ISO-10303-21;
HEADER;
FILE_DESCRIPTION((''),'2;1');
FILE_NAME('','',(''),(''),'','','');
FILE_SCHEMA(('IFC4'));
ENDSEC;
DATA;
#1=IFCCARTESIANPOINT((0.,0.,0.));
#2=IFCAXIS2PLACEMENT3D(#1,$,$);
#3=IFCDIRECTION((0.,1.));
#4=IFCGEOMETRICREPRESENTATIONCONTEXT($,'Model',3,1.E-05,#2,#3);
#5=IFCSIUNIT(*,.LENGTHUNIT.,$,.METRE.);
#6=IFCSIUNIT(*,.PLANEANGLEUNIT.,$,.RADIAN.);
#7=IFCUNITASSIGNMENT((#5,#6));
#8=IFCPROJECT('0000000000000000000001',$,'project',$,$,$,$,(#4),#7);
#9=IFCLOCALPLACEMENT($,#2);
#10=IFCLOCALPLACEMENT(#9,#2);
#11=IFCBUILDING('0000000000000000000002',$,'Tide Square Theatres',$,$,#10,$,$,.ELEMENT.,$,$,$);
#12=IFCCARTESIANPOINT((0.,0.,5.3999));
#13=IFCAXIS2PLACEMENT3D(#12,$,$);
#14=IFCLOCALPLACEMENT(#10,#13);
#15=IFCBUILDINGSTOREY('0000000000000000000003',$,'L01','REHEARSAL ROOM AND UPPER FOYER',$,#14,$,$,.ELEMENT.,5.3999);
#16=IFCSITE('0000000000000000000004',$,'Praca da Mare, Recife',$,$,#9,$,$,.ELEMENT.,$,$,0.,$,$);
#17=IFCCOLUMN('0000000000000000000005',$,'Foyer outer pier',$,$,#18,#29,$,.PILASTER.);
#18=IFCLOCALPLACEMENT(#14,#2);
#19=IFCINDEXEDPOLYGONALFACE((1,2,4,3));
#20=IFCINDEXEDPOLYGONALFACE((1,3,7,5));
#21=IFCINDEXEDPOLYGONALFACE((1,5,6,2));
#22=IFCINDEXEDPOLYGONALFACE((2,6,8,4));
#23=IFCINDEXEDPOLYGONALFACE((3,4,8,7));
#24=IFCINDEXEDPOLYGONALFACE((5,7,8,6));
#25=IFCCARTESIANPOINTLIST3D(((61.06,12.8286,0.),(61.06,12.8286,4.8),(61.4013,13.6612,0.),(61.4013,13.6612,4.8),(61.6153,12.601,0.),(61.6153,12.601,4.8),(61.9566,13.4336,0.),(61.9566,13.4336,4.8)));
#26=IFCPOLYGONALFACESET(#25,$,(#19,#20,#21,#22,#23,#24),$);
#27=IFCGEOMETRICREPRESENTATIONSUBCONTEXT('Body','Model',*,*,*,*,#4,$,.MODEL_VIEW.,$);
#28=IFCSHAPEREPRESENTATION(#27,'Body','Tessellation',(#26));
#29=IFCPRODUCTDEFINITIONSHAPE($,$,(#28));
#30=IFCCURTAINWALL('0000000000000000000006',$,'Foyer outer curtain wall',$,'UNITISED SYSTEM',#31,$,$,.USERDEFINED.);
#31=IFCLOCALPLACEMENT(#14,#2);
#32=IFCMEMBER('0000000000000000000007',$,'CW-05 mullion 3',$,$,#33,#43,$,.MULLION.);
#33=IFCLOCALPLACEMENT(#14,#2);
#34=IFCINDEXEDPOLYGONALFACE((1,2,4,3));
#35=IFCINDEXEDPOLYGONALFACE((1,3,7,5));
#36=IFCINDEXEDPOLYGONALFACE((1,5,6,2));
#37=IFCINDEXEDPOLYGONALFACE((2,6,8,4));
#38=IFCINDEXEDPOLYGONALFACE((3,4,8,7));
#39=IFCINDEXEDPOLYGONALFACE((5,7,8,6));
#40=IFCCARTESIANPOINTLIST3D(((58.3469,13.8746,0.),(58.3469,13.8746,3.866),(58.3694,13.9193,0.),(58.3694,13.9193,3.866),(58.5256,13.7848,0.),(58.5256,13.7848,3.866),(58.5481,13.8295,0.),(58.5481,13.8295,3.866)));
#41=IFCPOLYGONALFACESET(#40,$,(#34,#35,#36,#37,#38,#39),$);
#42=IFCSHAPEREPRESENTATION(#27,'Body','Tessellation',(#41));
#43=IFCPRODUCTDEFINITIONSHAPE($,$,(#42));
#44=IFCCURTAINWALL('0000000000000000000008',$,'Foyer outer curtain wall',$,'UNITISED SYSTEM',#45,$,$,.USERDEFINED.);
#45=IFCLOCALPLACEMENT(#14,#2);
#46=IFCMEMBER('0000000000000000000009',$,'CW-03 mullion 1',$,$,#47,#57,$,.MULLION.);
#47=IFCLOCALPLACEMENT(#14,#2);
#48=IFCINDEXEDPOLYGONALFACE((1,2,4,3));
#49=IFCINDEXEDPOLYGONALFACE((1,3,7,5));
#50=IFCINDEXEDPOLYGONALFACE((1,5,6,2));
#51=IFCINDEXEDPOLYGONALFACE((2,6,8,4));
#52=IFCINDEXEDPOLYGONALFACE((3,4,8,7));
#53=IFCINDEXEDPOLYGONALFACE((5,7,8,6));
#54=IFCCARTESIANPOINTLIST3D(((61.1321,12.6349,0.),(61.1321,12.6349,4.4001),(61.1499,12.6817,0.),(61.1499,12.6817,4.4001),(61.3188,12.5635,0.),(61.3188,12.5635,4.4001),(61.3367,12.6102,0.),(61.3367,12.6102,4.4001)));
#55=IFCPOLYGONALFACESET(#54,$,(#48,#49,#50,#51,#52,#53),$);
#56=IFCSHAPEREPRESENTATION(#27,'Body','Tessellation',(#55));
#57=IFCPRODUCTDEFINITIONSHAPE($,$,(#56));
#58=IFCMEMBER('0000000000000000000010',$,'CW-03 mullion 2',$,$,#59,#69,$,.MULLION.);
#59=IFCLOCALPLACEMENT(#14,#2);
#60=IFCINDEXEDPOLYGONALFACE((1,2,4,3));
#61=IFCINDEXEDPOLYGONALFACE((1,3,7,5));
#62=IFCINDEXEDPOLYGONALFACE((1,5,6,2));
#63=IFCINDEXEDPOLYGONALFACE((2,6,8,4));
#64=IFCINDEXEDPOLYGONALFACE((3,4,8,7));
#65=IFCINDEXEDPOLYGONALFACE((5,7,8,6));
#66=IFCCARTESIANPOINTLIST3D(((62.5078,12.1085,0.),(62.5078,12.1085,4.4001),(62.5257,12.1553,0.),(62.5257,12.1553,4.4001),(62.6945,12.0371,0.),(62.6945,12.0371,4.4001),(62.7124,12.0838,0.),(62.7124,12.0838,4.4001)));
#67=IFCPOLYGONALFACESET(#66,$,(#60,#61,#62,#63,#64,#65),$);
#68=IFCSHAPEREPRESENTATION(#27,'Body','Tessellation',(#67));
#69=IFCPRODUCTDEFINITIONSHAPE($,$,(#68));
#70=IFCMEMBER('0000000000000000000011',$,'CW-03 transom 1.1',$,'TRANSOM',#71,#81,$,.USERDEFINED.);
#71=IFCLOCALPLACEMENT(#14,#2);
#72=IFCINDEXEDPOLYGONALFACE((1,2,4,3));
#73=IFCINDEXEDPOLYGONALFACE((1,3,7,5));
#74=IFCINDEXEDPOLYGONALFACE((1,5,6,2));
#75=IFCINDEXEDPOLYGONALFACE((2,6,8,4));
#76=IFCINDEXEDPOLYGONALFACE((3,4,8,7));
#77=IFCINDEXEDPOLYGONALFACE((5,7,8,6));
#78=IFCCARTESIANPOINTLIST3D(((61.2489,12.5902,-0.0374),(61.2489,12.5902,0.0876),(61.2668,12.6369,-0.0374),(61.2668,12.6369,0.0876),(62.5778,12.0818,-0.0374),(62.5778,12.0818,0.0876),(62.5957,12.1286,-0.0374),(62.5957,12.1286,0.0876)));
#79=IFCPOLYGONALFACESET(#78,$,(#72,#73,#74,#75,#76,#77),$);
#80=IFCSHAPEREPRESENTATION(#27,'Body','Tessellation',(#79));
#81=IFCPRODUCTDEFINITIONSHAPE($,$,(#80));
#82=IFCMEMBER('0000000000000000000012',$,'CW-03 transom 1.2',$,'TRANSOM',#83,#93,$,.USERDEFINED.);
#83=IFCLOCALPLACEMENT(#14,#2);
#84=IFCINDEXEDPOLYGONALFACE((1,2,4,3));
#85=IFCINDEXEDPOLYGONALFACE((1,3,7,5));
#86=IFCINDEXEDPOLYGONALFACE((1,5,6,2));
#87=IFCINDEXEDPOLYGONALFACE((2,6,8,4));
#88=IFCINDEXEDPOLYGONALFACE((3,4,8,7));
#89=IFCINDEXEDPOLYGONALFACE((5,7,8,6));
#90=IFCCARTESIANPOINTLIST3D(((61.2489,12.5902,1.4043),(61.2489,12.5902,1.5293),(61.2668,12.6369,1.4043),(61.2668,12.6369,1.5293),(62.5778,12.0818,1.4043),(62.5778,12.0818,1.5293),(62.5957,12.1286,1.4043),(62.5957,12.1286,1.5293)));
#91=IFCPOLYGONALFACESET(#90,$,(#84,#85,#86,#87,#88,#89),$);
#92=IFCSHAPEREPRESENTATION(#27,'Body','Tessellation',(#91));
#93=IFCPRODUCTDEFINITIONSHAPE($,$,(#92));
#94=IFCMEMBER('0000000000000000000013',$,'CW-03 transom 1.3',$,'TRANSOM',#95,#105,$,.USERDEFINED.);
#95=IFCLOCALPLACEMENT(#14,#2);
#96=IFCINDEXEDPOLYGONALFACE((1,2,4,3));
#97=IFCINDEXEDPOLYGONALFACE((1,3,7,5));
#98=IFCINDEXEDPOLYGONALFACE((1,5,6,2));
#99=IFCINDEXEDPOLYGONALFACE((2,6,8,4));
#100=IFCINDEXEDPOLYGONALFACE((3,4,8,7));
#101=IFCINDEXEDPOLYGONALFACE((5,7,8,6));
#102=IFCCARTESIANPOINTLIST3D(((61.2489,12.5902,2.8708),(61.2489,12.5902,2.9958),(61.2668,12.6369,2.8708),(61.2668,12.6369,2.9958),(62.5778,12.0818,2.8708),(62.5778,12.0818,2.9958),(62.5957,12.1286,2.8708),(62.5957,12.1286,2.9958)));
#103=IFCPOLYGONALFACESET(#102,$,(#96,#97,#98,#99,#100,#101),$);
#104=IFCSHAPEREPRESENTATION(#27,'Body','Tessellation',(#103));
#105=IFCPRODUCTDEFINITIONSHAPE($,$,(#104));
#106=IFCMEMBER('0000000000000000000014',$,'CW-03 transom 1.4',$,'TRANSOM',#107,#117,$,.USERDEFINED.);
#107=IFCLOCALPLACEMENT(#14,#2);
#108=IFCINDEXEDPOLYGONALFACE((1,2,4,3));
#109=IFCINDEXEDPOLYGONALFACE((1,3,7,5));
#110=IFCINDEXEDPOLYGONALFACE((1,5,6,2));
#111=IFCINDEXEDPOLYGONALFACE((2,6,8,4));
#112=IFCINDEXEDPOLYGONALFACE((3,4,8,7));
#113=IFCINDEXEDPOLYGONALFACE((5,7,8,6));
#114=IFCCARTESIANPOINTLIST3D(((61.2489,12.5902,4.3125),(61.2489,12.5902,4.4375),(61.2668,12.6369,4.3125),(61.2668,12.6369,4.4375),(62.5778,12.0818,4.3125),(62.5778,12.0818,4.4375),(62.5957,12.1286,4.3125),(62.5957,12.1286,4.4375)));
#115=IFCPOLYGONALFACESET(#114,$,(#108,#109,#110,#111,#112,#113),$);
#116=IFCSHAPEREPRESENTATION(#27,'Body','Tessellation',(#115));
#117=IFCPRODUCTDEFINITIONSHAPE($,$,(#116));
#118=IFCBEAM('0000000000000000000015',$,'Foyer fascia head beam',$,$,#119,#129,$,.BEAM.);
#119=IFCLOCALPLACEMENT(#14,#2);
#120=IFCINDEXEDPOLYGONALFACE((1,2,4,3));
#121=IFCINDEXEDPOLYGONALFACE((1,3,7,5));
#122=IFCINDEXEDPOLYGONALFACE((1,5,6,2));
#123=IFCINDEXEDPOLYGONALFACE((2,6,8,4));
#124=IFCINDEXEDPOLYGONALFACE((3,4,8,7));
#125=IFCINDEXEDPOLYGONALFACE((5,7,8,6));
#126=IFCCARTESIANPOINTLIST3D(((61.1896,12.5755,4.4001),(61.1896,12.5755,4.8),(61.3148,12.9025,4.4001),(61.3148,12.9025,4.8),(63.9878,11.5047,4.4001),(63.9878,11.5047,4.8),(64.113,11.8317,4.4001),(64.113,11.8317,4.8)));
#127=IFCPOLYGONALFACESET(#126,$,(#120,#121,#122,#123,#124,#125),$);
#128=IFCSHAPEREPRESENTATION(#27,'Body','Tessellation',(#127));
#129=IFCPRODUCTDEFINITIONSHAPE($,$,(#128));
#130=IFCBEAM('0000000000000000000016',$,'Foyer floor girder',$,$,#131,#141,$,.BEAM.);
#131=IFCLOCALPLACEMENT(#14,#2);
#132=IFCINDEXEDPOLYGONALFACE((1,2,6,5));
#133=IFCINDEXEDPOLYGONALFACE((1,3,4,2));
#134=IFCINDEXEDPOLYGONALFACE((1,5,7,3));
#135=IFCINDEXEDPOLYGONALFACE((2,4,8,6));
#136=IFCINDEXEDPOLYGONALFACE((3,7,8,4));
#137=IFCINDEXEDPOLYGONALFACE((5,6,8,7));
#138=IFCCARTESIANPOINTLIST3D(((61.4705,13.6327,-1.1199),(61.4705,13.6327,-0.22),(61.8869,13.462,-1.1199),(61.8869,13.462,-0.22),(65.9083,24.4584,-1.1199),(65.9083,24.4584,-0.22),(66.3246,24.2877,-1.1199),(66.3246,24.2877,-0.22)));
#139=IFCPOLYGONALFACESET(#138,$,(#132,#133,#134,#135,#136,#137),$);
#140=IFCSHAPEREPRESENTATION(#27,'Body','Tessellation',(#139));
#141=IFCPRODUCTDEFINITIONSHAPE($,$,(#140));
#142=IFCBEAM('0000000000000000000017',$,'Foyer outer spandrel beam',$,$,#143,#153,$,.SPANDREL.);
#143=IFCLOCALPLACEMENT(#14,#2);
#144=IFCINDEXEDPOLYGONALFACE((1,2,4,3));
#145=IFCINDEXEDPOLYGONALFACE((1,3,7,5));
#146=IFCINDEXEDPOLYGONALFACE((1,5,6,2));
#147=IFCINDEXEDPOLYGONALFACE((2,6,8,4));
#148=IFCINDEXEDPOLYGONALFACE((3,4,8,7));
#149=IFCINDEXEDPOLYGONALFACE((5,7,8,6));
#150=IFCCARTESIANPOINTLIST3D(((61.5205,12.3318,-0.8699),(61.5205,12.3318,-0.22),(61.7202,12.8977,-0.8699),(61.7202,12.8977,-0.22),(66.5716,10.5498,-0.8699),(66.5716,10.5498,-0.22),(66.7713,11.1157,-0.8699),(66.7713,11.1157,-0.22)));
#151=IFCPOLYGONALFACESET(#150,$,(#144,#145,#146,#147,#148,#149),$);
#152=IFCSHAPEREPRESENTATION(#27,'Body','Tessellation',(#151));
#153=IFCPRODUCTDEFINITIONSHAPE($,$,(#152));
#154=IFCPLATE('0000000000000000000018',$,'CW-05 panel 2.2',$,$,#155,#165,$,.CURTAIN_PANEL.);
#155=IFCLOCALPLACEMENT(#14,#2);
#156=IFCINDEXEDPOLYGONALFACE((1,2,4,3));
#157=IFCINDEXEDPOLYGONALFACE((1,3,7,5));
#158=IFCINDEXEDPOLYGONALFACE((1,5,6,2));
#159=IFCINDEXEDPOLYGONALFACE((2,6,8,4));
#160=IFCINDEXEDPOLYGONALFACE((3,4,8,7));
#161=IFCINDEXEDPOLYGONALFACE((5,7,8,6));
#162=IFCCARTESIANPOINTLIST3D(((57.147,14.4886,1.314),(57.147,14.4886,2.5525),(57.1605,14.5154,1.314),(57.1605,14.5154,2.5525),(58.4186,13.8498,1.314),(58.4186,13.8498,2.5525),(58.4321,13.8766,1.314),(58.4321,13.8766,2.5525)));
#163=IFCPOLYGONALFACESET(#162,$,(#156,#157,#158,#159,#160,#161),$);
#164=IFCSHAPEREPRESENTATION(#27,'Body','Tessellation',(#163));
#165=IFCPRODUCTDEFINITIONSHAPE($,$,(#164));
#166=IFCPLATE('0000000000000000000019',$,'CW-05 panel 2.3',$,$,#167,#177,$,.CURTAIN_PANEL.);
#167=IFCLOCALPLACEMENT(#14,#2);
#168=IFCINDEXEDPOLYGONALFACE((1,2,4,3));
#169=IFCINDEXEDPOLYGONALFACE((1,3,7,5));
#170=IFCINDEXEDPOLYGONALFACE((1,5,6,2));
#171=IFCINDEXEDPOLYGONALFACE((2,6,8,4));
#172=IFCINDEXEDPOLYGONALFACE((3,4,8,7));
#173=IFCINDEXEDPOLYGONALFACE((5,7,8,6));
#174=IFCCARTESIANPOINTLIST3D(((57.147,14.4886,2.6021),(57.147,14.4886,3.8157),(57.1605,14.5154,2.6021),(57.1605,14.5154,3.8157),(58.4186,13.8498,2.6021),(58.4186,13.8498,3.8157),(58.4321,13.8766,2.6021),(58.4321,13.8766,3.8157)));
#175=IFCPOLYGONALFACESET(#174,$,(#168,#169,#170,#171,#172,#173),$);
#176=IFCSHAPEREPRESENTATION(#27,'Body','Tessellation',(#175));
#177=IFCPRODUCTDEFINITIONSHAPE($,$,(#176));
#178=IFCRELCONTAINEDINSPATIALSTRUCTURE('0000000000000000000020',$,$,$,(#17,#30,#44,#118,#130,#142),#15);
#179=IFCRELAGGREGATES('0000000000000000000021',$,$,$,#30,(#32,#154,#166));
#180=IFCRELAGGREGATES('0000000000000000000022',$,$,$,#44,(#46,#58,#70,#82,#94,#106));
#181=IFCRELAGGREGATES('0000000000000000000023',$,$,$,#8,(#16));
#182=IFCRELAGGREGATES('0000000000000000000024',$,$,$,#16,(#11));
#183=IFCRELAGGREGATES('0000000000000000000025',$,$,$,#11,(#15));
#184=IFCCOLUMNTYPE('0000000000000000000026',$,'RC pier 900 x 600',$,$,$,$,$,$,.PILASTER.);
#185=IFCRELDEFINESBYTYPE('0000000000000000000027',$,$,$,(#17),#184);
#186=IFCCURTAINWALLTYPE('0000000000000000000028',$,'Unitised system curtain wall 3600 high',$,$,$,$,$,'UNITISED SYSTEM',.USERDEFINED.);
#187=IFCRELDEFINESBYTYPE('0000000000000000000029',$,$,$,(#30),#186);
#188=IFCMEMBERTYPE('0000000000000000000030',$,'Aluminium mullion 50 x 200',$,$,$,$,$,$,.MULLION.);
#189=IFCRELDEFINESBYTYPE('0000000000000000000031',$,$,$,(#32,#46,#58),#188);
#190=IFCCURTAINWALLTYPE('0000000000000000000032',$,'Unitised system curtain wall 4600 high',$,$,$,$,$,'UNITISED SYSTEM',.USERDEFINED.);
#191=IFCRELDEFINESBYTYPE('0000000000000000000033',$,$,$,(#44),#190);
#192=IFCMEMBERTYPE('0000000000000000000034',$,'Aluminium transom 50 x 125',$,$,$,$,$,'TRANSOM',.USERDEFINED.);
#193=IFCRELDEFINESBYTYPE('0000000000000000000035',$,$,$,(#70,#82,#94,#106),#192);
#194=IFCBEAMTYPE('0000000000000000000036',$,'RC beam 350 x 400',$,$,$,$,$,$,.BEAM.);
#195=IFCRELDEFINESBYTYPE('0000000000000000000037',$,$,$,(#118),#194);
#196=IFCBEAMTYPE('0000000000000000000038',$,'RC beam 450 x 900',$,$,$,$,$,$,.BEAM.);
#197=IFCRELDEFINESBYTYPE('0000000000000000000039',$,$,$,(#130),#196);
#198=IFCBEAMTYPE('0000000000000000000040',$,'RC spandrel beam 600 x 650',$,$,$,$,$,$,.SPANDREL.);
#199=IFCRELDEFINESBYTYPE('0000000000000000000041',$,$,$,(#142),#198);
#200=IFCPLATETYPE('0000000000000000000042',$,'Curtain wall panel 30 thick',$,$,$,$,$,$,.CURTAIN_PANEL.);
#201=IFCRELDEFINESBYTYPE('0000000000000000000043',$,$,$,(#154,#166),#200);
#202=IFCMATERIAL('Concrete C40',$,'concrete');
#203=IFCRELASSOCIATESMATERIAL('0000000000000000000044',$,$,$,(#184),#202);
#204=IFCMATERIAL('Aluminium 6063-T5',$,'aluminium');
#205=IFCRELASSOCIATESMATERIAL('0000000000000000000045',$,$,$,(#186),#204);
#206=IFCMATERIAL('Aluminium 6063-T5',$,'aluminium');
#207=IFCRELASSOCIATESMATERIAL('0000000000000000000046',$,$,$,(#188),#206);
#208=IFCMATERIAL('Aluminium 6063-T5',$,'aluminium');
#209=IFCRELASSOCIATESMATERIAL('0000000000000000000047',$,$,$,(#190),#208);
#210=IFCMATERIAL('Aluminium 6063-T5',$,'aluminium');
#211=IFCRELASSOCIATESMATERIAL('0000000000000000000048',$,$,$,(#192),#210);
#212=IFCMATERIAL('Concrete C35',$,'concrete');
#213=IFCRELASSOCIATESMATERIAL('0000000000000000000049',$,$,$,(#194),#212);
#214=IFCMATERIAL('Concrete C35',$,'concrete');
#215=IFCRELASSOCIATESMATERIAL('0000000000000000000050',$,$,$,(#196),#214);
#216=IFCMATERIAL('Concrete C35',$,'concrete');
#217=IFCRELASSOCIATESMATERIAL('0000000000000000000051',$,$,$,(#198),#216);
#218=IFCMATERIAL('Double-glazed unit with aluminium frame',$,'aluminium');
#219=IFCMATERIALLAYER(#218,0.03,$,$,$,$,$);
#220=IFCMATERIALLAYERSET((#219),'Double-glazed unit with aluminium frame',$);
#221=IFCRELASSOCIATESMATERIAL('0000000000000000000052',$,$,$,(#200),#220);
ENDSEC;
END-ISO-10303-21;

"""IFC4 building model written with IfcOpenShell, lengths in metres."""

from ifc_helpers import new_model, si_unit, direction, frame, origin, origin_2d, place, context, subcontext, project, spatial, rectangle, extrude, material, layer, layer_set, material_profile, profile_set, type_object, element, aggregate, save


model = new_model("IFC4")

# Units and contexts
model_context = context("Model", 3, precision=1e-05, world=origin(), true_north=direction((0.0, 1.0)))
body_context = subcontext(model_context, "Body", "Model", "MODEL_VIEW")
ifc_project = project(units=[si_unit("LENGTHUNIT", "METRE"), si_unit("PLANEANGLEUNIT", "RADIAN")], contexts=[model_context])

# Site, building, storey
site_placement = place(None, origin())
site = spatial("IfcSite", under=ifc_project, at=site_placement, Name="Praca da Mare, Recife", CompositionType="ELEMENT", RefElevation=0.0)
building_placement = place(site_placement, origin())
building = spatial("IfcBuilding", under=site, at=building_placement, Name="Tide Square Theatres", CompositionType="ELEMENT")
storey_placement = place(building_placement, frame((0.0, 0.0, 5.3999)))
storey = spatial("IfcBuildingStorey", under=building, at=storey_placement, Name="L01", Description="REHEARSAL ROOM AND UPPER FOYER", CompositionType="ELEMENT", Elevation=5.3999)

# Column
ifc_material_1 = material(Name="Concrete C40", Category="concrete")
ifc_material_profile_1 = material_profile(ifc_material_1, rectangle(XDim=0.8999, YDim=0.6001, at=origin_2d()))
ifc_profile_set_1 = profile_set([ifc_material_profile_1], Name="Concrete C40")
column_type = type_object("IfcColumnType", Name="RC pier 900 x 600", PredefinedType="PILASTER", material=ifc_profile_set_1)
column_placement = place(storey_placement, frame((61.5083, 13.1311, 0.0), z_axis=(0.0, 0.0, 1.0), x_axis=(-0.379288, -0.925279, 0.0)))
element("IfcColumn", 1, at=column_placement, inside=storey, type_object=column_type, Name="Foyer outer pier", PredefinedType="PILASTER", context=body_context, shape_type="SweptSolid", body=[
    extrude(rectangle(XDim=0.8999, YDim=0.6001, at=origin_2d()), origin(), (0.0, 0.0, 1.0), 4.8),
])

# Curtain wall, member
ifc_material_2 = material(Name="Aluminium 6063-T5", Category="aluminium")
curtain_wall_type_1 = type_object("IfcCurtainWallType", Name="Unitised system curtain wall 3600 high", ElementType="UNITISED SYSTEM", PredefinedType="USERDEFINED", material=ifc_material_2)
curtain_wall_1_placement = place(storey_placement, origin())
curtain_wall_1 = element("IfcCurtainWall", 2, at=curtain_wall_1_placement, inside=storey, type_object=curtain_wall_type_1, Name="Foyer outer curtain wall", ObjectType="UNITISED SYSTEM", PredefinedType="USERDEFINED")
ifc_material_3 = material(Name="Aluminium 6063-T5", Category="aluminium")
ifc_material_profile_2 = material_profile(ifc_material_3, rectangle(XDim=0.05, YDim=0.2, at=origin_2d()))
ifc_profile_set_2 = profile_set([ifc_material_profile_2], Name="Aluminium 6063-T5")
member_type_1 = type_object("IfcMemberType", Name="Aluminium mullion 50 x 200", PredefinedType="MULLION", material=ifc_profile_set_2)
member_1_placement = place(storey_placement, frame((58.4475, 13.8521, 0.0), z_axis=(0.0, 0.0, 1.0), x_axis=(0.448868, 0.893598, 0.0)))
member_1 = element("IfcMember", 3, at=member_1_placement, type_object=member_type_1, Name="CW-05 mullion 3", PredefinedType="MULLION", context=body_context, shape_type="SweptSolid", body=[
    extrude(rectangle(XDim=0.05, YDim=0.2, at=origin_2d()), origin(), (0.0, 0.0, 1.0), 3.866),
])

# Curtain wall, members
ifc_material_4 = material(Name="Aluminium 6063-T5", Category="aluminium")
curtain_wall_type_2 = type_object("IfcCurtainWallType", Name="Unitised system curtain wall 4600 high", ElementType="UNITISED SYSTEM", PredefinedType="USERDEFINED", material=ifc_material_4)
curtain_wall_2_placement = place(storey_placement, origin())
curtain_wall_2 = element("IfcCurtainWall", 4, at=curtain_wall_2_placement, inside=storey, type_object=curtain_wall_type_2, Name="Foyer outer curtain wall", ObjectType="UNITISED SYSTEM", PredefinedType="USERDEFINED")
member_2_placement = place(storey_placement, frame((61.2344, 12.6226, 0.0), z_axis=(0.0, 0.0, 1.0), x_axis=(0.357352, 0.93397, 0.0)))
member_2 = element("IfcMember", 5, at=member_2_placement, type_object=member_type_1, Name="CW-03 mullion 1", PredefinedType="MULLION", context=body_context, shape_type="SweptSolid", body=[
    extrude(rectangle(XDim=0.05, YDim=0.2, at=origin_2d()), origin(), (0.0, 0.0, 1.0), 4.4001),
])
member_3_placement = place(storey_placement, frame((62.6101, 12.0962, 0.0), z_axis=(0.0, 0.0, 1.0), x_axis=(0.357352, 0.93397, 0.0)))
member_3 = element("IfcMember", 6, at=member_3_placement, type_object=member_type_1, Name="CW-03 mullion 2", PredefinedType="MULLION", context=body_context, shape_type="SweptSolid", body=[
    extrude(rectangle(XDim=0.05, YDim=0.2, at=origin_2d()), origin(), (0.0, 0.0, 1.0), 4.4001),
])
ifc_material_5 = material(Name="Aluminium 6063-T5", Category="aluminium")
ifc_material_profile_3 = material_profile(ifc_material_5, rectangle(XDim=0.05, YDim=0.125, at=origin_2d()))
ifc_profile_set_3 = profile_set([ifc_material_profile_3], Name="Aluminium 6063-T5")
member_type_2 = type_object("IfcMemberType", Name="Aluminium transom 50 x 125", ElementType="TRANSOM", PredefinedType="USERDEFINED", material=ifc_profile_set_3)
member_4_placement = place(storey_placement, frame((61.2578, 12.6135, 0.0251), z_axis=(0.934003, -0.357265, 0.0), x_axis=(0.357265, 0.934003, 0.0)))
member_4 = element("IfcMember", 7, at=member_4_placement, type_object=member_type_2, Name="CW-03 transom 1.1", ObjectType="TRANSOM", PredefinedType="USERDEFINED", context=body_context, shape_type="SweptSolid", body=[
    extrude(rectangle(XDim=0.05, YDim=0.125, at=origin_2d()), origin(), (0.0, 0.0, 1.0), 1.4229),
])
member_5_placement = place(storey_placement, frame((61.2578, 12.6135, 1.4668), z_axis=(0.934003, -0.357265, 0.0), x_axis=(0.357265, 0.934003, 0.0)))
member_5 = element("IfcMember", 8, at=member_5_placement, type_object=member_type_2, Name="CW-03 transom 1.2", ObjectType="TRANSOM", PredefinedType="USERDEFINED", context=body_context, shape_type="SweptSolid", body=[
    extrude(rectangle(XDim=0.05, YDim=0.125, at=origin_2d()), origin(), (0.0, 0.0, 1.0), 1.4229),
])
member_6_placement = place(storey_placement, frame((61.2578, 12.6135, 2.9333), z_axis=(0.934003, -0.357265, 0.0), x_axis=(0.357265, 0.934003, 0.0)))
member_6 = element("IfcMember", 9, at=member_6_placement, type_object=member_type_2, Name="CW-03 transom 1.3", ObjectType="TRANSOM", PredefinedType="USERDEFINED", context=body_context, shape_type="SweptSolid", body=[
    extrude(rectangle(XDim=0.05, YDim=0.125, at=origin_2d()), origin(), (0.0, 0.0, 1.0), 1.4229),
])
member_7_placement = place(storey_placement, frame((61.2578, 12.6135, 4.375), z_axis=(0.934003, -0.357265, 0.0), x_axis=(0.357265, 0.934003, 0.0)))
member_7 = element("IfcMember", 10, at=member_7_placement, type_object=member_type_2, Name="CW-03 transom 1.4", ObjectType="TRANSOM", PredefinedType="USERDEFINED", context=body_context, shape_type="SweptSolid", body=[
    extrude(rectangle(XDim=0.05, YDim=0.125, at=origin_2d()), origin(), (0.0, 0.0, 1.0), 1.4229),
])

# Beams
ifc_material_6 = material(Name="Concrete C35", Category="concrete")
ifc_material_profile_4 = material_profile(ifc_material_6, rectangle(XDim=0.3501, YDim=0.3999, at=origin_2d()))
ifc_profile_set_4 = profile_set([ifc_material_profile_4], Name="Concrete C35")
beam_type_1 = type_object("IfcBeamType", Name="RC beam 350 x 400", PredefinedType="BEAM", material=ifc_profile_set_4)
beam_1_placement = place(storey_placement, frame((61.2522, 12.739, 4.6001), z_axis=(0.933947, -0.357411, 0.0), x_axis=(0.357411, 0.933947, 0.0)))
element("IfcBeam", 11, at=beam_1_placement, inside=storey, type_object=beam_type_1, Name="Foyer fascia head beam", PredefinedType="BEAM", context=body_context, shape_type="SweptSolid", body=[
    extrude(rectangle(XDim=0.3501, YDim=0.3999, at=origin_2d()), origin(), (0.0, 0.0, 1.0), 2.9961),
])
ifc_material_7 = material(Name="Concrete C35", Category="concrete")
ifc_material_profile_5 = material_profile(ifc_material_7, rectangle(XDim=0.45, YDim=0.8999, at=origin_2d()))
ifc_profile_set_5 = profile_set([ifc_material_profile_5], Name="Concrete C35")
beam_type_2 = type_object("IfcBeamType", Name="RC beam 450 x 900", PredefinedType="BEAM", material=ifc_profile_set_5)
beam_2_placement = place(storey_placement, frame((61.6787, 13.5474, -0.6699), z_axis=(0.379296, 0.925275, 0.0), x_axis=(-0.925275, 0.379296, 0.0)))
element("IfcBeam", 12, at=beam_2_placement, inside=storey, type_object=beam_type_2, Name="Foyer floor girder", PredefinedType="BEAM", context=body_context, shape_type="SweptSolid", body=[
    extrude(rectangle(XDim=0.45, YDim=0.8999, at=origin_2d()), origin(), (0.0, 0.0, 1.0), 11.7),
])
ifc_material_8 = material(Name="Concrete C35", Category="concrete")
ifc_material_profile_6 = material_profile(ifc_material_8, rectangle(XDim=0.6001, YDim=0.6499, at=origin_2d()))
ifc_profile_set_6 = profile_set([ifc_material_profile_6], Name="Concrete C35")
beam_type_3 = type_object("IfcBeamType", Name="RC spandrel beam 600 x 650", PredefinedType="SPANDREL", material=ifc_profile_set_6)
beam_3_placement = place(storey_placement, frame((61.6204, 12.6147, -0.5449), z_axis=(0.943033, -0.332699, 0.0), x_axis=(0.332699, 0.943033, 0.0)))
element("IfcBeam", 13, at=beam_3_placement, inside=storey, type_object=beam_type_3, Name="Foyer outer spandrel beam", PredefinedType="SPANDREL", context=body_context, shape_type="SweptSolid", body=[
    extrude(rectangle(XDim=0.6001, YDim=0.6499, at=origin_2d()), origin(), (0.0, 0.0, 1.0), 5.3562),
])

# Plates
ifc_material_9 = material(Name="Double-glazed unit with aluminium frame", Category="aluminium")
ifc_layer_1 = layer(ifc_material_9, 0.03)
ifc_layer_set_1 = layer_set([ifc_layer_1], Name="Double-glazed unit with aluminium frame")
plate_type = type_object("IfcPlateType", Name="Curtain wall panel 30 thick", PredefinedType="CURTAIN_PANEL", material=ifc_layer_set_1)
plate_1_placement = place(storey_placement, frame((57.7896, 14.1826, 1.314), z_axis=(0.0, 0.0, 1.0), x_axis=(0.893598, -0.448868, 0.0)))
plate_1 = element("IfcPlate", 14, at=plate_1_placement, type_object=plate_type, Name="CW-05 panel 2.2", PredefinedType="CURTAIN_PANEL", context=body_context, shape_type="SweptSolid", body=[
    extrude(rectangle(XDim=1.4231, YDim=0.03, at=origin_2d()), origin(), (0.0, 0.0, 1.0), 1.2385),
])
plate_2_placement = place(storey_placement, frame((57.7896, 14.1826, 2.6021), z_axis=(0.0, 0.0, 1.0), x_axis=(0.893598, -0.448868, 0.0)))
plate_2 = element("IfcPlate", 15, at=plate_2_placement, type_object=plate_type, Name="CW-05 panel 2.3", PredefinedType="CURTAIN_PANEL", context=body_context, shape_type="SweptSolid", body=[
    extrude(rectangle(XDim=1.4231, YDim=0.03, at=origin_2d()), origin(), (0.0, 0.0, 1.0), 1.2136),
])
aggregate(curtain_wall_1, [member_1, plate_1, plate_2])
aggregate(curtain_wall_2, [member_2, member_3, member_4, member_5, member_6, member_7])

save(model, "model.ifc")
